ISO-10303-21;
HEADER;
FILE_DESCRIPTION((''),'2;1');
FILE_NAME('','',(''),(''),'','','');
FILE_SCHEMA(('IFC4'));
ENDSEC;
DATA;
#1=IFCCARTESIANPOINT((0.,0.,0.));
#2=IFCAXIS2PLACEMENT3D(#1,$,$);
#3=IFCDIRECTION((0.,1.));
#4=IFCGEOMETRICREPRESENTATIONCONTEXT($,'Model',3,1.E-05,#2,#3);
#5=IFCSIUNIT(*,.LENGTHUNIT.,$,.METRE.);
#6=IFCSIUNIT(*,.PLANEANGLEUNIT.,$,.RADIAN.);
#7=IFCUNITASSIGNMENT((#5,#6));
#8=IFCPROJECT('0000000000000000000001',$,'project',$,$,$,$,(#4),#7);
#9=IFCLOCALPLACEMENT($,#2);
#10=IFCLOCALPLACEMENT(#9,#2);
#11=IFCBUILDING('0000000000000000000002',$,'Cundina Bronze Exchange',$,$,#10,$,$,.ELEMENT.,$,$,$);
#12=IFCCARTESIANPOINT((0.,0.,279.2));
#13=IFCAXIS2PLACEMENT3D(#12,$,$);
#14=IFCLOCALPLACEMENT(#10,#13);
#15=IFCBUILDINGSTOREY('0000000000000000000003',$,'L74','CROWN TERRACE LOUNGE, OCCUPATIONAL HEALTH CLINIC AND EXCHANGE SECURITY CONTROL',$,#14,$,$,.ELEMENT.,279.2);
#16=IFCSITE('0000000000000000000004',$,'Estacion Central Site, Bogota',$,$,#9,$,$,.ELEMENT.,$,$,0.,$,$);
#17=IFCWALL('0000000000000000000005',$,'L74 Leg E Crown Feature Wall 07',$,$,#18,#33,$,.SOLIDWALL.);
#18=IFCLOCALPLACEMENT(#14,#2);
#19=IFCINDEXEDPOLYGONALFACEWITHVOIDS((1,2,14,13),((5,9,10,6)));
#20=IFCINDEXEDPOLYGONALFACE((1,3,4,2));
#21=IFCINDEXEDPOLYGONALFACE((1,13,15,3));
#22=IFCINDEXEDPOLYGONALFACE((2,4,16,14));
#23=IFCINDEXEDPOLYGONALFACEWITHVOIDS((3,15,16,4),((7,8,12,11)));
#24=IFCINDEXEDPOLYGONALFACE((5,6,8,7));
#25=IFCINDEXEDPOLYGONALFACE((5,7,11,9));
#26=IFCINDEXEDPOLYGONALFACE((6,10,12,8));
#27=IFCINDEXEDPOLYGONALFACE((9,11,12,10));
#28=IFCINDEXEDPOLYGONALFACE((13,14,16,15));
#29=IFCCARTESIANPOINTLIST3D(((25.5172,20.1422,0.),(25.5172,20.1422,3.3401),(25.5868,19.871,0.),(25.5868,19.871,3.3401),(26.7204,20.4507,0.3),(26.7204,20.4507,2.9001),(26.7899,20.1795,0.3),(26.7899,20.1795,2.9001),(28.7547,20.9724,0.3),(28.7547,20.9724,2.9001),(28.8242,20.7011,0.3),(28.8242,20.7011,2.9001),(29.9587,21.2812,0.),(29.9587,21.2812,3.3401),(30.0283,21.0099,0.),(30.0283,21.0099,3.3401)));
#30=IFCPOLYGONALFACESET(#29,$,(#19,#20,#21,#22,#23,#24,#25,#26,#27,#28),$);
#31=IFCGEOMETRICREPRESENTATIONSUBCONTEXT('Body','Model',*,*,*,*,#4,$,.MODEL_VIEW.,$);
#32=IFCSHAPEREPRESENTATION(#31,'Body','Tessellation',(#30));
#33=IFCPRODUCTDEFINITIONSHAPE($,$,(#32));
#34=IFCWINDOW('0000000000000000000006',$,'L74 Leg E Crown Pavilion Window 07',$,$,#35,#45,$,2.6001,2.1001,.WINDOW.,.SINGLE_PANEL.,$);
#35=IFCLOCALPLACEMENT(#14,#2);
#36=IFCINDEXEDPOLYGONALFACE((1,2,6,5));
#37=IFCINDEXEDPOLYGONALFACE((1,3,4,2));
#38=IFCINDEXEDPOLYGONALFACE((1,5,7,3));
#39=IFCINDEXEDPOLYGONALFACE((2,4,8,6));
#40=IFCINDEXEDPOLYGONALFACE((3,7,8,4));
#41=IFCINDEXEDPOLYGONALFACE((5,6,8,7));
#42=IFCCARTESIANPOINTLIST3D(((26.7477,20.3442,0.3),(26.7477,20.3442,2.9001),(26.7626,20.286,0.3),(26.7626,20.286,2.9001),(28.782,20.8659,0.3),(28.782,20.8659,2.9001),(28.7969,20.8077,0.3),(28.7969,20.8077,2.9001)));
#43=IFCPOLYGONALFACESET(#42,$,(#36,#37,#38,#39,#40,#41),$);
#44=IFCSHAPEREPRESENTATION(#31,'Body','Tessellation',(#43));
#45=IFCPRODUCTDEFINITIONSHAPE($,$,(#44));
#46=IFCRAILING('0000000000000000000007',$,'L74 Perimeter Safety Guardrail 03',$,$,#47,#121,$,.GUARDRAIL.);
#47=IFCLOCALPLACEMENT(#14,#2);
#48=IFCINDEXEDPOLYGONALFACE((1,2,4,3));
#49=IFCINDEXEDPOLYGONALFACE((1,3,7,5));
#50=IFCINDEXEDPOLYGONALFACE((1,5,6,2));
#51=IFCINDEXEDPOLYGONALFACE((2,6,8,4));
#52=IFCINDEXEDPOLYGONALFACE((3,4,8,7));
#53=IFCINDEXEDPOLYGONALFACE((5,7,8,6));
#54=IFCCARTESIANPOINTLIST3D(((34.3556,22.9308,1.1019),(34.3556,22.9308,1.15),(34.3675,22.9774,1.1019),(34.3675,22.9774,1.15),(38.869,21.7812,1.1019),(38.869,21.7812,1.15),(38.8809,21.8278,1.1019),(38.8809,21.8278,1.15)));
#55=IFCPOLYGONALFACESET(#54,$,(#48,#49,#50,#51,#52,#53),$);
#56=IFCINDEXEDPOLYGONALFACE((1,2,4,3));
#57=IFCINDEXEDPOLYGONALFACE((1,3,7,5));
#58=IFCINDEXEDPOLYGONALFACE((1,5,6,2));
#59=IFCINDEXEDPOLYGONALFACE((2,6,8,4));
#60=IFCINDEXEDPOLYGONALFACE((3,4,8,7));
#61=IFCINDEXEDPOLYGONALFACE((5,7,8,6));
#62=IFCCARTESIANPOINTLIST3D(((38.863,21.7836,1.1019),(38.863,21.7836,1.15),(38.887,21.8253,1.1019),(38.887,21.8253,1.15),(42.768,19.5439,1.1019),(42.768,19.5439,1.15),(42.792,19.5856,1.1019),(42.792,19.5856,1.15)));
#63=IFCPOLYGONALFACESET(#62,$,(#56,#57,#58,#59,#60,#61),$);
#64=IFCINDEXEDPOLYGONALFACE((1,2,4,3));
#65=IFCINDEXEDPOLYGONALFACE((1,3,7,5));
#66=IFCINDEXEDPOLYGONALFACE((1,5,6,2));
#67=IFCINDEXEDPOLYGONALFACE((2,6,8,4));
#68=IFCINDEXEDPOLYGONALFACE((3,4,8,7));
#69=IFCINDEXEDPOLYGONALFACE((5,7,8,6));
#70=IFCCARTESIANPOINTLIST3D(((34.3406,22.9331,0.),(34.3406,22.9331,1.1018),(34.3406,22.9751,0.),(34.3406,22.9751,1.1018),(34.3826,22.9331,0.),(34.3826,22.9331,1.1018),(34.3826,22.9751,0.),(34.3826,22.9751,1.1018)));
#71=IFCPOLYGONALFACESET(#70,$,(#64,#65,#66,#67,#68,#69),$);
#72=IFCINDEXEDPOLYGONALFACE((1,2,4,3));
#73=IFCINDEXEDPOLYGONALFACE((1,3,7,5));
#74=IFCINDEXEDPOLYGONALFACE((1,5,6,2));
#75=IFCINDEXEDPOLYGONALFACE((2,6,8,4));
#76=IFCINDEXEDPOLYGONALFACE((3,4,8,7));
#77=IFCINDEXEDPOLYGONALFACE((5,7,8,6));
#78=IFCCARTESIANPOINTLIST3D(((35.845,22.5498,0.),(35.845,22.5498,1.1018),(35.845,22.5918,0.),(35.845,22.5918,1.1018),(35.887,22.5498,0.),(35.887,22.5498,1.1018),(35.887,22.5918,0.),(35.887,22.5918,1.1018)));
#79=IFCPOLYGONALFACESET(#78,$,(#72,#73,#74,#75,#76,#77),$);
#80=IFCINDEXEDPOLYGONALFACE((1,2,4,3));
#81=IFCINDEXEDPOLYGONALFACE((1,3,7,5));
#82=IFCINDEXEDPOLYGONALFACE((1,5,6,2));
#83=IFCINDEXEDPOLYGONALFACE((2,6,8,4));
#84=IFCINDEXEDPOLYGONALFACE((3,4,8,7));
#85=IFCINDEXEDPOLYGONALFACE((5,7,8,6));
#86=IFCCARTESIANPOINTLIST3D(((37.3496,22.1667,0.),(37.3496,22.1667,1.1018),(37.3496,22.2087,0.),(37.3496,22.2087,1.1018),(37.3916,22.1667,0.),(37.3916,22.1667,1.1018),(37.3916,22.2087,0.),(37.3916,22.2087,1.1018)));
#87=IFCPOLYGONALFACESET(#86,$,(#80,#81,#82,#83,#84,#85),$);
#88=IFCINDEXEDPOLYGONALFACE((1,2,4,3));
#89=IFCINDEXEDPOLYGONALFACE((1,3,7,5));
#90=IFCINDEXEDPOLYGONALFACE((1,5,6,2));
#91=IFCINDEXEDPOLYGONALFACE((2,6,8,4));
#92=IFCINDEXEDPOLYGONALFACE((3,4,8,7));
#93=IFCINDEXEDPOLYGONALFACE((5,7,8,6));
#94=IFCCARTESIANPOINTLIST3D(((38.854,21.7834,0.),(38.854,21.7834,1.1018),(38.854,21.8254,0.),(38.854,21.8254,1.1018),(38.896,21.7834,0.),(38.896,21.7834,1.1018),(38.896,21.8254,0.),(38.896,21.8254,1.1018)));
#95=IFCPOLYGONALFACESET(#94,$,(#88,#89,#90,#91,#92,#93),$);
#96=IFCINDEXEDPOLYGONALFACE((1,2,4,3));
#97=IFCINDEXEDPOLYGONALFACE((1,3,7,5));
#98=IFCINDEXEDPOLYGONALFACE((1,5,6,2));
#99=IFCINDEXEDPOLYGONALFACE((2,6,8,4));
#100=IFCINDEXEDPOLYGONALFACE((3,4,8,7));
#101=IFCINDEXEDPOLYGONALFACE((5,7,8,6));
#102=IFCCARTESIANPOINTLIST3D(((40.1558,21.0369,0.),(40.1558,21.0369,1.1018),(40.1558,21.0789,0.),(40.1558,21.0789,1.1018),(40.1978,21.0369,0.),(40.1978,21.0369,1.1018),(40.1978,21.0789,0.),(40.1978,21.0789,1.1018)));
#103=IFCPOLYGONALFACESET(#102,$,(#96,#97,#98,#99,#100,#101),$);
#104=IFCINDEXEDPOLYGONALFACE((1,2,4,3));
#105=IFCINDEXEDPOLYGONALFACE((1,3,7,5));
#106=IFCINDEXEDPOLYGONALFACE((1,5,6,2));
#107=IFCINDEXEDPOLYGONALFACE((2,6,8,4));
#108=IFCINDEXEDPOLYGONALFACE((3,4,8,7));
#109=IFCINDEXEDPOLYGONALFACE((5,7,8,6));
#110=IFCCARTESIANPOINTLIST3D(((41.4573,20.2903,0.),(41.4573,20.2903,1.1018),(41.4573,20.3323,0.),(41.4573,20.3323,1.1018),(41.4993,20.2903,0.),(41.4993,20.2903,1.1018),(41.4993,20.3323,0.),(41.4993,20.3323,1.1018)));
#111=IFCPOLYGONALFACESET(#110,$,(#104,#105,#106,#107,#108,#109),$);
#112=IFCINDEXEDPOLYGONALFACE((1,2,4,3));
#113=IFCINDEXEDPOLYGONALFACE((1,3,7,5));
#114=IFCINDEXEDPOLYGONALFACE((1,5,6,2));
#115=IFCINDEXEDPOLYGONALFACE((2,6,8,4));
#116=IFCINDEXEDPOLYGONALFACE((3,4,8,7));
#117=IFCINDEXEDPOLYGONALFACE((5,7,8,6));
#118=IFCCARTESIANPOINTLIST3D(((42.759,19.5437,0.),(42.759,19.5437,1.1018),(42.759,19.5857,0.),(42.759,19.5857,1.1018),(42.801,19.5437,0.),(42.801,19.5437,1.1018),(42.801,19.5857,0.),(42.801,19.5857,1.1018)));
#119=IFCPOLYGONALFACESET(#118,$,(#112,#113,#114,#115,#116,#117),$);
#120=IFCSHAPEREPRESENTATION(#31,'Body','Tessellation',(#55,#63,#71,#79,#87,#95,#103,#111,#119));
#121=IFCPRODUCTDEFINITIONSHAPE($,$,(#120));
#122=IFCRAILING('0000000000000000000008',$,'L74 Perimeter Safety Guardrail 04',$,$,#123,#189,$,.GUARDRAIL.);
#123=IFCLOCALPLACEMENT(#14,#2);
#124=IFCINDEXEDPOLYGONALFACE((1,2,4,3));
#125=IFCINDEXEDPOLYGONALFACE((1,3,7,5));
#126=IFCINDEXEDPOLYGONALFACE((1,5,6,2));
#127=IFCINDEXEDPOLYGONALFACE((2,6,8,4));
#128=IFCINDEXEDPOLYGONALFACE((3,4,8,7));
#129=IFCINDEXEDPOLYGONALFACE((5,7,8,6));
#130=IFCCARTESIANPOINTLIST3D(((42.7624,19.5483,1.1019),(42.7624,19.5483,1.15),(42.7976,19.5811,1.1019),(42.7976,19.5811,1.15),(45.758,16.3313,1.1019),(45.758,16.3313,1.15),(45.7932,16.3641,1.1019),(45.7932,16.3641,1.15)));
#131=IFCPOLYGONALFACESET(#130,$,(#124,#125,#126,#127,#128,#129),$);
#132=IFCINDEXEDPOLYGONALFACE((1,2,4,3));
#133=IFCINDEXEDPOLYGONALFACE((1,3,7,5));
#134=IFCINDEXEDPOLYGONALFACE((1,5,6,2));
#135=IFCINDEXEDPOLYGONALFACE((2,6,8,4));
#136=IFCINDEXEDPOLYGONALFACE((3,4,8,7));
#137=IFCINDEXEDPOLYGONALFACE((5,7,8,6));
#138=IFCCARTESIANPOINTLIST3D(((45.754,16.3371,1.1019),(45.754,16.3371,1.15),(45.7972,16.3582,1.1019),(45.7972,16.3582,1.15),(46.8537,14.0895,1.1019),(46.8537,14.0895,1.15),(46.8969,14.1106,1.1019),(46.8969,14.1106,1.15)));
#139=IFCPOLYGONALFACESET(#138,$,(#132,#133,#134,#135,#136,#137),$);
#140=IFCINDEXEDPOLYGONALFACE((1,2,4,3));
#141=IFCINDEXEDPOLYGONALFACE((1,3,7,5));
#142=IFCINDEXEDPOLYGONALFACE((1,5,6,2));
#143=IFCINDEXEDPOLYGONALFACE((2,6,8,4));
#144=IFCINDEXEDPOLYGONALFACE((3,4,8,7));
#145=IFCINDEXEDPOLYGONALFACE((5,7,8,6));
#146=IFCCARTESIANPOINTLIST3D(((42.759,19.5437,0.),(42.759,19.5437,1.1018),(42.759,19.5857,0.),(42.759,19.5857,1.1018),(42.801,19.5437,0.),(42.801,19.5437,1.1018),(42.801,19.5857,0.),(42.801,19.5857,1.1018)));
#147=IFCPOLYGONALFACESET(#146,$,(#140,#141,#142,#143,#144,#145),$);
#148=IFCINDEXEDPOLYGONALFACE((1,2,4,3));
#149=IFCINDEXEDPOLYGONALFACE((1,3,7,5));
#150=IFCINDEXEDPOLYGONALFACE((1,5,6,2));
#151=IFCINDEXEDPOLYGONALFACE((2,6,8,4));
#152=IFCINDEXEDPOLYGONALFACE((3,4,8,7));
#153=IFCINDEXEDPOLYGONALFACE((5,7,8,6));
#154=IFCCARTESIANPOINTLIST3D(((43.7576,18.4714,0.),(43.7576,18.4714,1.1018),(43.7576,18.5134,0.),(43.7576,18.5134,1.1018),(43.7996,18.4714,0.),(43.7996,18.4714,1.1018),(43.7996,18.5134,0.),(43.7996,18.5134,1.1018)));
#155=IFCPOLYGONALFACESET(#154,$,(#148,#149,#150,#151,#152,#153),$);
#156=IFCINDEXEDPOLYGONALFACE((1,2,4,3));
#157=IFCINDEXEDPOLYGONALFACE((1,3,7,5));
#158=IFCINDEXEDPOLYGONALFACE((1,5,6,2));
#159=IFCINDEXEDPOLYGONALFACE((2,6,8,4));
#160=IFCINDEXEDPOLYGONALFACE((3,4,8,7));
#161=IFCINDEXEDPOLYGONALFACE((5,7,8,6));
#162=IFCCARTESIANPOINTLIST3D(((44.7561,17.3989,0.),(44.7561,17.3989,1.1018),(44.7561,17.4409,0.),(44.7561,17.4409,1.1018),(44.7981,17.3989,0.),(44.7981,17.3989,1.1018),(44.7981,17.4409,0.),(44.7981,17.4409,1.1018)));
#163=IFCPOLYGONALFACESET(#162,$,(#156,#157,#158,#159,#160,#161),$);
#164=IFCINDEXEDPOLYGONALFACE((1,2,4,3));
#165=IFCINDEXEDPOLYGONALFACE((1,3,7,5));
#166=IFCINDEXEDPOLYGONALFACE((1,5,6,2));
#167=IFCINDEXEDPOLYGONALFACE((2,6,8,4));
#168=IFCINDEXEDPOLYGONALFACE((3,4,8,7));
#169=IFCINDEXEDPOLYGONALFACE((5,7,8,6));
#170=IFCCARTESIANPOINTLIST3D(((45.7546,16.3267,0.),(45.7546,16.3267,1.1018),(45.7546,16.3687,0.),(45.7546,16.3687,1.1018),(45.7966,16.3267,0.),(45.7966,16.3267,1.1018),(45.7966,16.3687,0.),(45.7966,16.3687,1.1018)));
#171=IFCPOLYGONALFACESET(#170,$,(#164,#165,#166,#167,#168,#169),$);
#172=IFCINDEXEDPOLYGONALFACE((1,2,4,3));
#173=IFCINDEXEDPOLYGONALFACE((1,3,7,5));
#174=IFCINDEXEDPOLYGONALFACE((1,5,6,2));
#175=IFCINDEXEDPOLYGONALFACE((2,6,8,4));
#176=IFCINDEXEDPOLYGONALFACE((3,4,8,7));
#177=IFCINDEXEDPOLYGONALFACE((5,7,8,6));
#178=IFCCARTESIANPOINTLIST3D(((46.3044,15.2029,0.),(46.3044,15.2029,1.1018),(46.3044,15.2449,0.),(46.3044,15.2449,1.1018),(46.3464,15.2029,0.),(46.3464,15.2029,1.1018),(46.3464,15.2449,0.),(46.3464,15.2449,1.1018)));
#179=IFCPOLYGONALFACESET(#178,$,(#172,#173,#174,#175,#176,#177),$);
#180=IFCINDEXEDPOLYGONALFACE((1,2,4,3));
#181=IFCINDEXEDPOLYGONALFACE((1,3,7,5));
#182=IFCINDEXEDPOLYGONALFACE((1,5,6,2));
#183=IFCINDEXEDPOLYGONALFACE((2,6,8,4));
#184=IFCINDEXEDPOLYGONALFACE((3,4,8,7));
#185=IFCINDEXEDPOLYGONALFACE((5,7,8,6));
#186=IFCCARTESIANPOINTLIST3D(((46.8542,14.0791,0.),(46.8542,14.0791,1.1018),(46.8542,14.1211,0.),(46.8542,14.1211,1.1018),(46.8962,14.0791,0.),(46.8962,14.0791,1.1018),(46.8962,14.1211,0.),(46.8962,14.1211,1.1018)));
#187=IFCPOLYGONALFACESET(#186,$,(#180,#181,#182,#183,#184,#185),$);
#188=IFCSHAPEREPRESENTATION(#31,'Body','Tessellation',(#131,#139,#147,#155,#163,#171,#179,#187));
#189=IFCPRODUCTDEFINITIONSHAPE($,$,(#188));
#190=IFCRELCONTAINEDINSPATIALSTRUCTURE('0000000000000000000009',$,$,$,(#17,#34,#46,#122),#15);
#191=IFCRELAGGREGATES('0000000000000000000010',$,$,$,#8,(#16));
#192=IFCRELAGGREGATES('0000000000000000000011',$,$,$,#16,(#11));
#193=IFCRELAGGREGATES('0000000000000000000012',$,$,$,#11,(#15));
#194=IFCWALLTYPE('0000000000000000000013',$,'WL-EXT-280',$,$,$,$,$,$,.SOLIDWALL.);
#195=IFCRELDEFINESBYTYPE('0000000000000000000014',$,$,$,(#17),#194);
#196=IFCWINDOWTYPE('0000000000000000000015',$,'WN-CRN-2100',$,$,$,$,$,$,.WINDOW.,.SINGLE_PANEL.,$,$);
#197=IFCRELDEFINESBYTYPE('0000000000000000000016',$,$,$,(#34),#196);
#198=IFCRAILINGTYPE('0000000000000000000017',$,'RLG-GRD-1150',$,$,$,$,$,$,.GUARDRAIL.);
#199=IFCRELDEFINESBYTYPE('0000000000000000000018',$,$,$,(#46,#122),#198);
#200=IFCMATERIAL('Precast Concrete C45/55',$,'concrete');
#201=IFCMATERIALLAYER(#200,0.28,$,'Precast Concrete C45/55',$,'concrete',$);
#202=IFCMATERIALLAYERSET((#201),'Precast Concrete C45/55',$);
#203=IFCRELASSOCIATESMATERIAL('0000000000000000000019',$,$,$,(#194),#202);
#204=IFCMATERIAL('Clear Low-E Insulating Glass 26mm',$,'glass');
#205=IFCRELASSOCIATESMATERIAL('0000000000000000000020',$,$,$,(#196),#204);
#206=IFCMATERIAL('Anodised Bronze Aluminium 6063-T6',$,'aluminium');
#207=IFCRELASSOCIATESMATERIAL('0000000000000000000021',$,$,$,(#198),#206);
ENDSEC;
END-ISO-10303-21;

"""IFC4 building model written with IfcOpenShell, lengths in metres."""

from ifc_helpers import new_model, si_unit, direction, frame, frame_2d, origin, origin_2d, place, context, subcontext, project, spatial, rectangle, extrude, material, layer, layer_set, type_object, element, fill, save


model = new_model("IFC4")

# Units and contexts
model_context = context("Model", 3, precision=1e-05, world=origin(), true_north=direction((0.0, 1.0)))
body_context = subcontext(model_context, "Body", "Model", "MODEL_VIEW")
ifc_project = project(units=[si_unit("LENGTHUNIT", "METRE"), si_unit("PLANEANGLEUNIT", "RADIAN")], contexts=[model_context])

# Site, building, storey
site_placement = place(None, origin())
site = spatial("IfcSite", under=ifc_project, at=site_placement, Name="Estacion Central Site, Bogota", CompositionType="ELEMENT", RefElevation=0.0)
building_placement = place(site_placement, origin())
building = spatial("IfcBuilding", under=site, at=building_placement, Name="Cundina Bronze Exchange", CompositionType="ELEMENT")
storey_placement = place(building_placement, frame((0.0, 0.0, 279.2)))
storey = spatial("IfcBuildingStorey", under=building, at=storey_placement, Name="L74", Description="CROWN TERRACE LOUNGE, OCCUPATIONAL HEALTH CLINIC AND EXCHANGE SECURITY CONTROL", CompositionType="ELEMENT", Elevation=279.2)

# Shared definitions
ifc_material_1 = material(Name="Anodised Bronze Aluminium 6063-T6", Category="aluminium")
ifc_material_2 = material(Name="Clear Low-E Insulating Glass 26mm", Category="glass")

# Shared definitions
ifc_material_3 = material(Name="Precast Concrete C45/55", Category="concrete")
ifc_layer_1 = layer(ifc_material_3, 0.28, Name="Precast Concrete C45/55", Category="concrete")
ifc_layer_set_1 = layer_set([ifc_layer_1], Name="Precast Concrete C45/55")
wall_type_1 = type_object("IfcWallType", Name="WL-EXT-280", PredefinedType="SOLIDWALL", material=ifc_layer_set_1)

# Wall, opening, window
wall_1_placement = place(storey_placement, frame((29.9934, 21.1455, 0.0), z_axis=(0.0, 0.0, 1.0), x_axis=(-0.968659, -0.248395, 0.0)))
wall_1 = element("IfcWall", 1, at=wall_1_placement, inside=storey, type_object=wall_type_1, Name="L74 Leg E Crown Feature Wall 07", PredefinedType="SOLIDWALL", context=body_context, shape_type="SweptSolid", body=[
    extrude(rectangle(XDim=4.5852, YDim=0.28, at=frame_2d((2.2925, 0.0))), origin(), (0.0, 0.0, 1.0), 3.3401),
])
opening_1_placement = place(wall_1_placement, frame((1.2429, 0.0, 0.3)))
opening_1 = element("IfcOpeningElement", 2, at=opening_1_placement, cuts=wall_1, PredefinedType="OPENING", context=body_context, shape_type="SweptSolid", body=[
    extrude(rectangle(XDim=2.1001, YDim=2.6001, at=frame_2d((1.05, 1.3))), frame((0.0, 0.1499, 0.0), z_axis=(0.0, -1.0, 0.0), x_axis=(1.0, 0.0, 0.0)), (0.0, 0.0, 1.0), 0.3),
])
window_type = type_object("IfcWindowType", Name="WN-CRN-2100", PartitioningType="SINGLE_PANEL", PredefinedType="WINDOW", material=ifc_material_2)
window_placement = place(opening_1_placement, origin())
window = element("IfcWindow", 3, at=window_placement, inside=storey, type_object=window_type, Name="L74 Leg E Crown Pavilion Window 07", OverallHeight=2.6001, OverallWidth=2.1001, PartitioningType="SINGLE_PANEL", PredefinedType="WINDOW", context=body_context, shape_type="SweptSolid", body=[
    extrude(rectangle(XDim=2.1001, YDim=2.6001, at=frame_2d((1.05, 1.3))), frame((0.0, 0.03, 0.0), z_axis=(0.0, -1.0, 0.0), x_axis=(1.0, 0.0, 0.0)), (0.0, 0.0, 1.0), 0.0601),
])
fill(opening_1, window)

# Railings
railing_type = type_object("IfcRailingType", Name="RLG-GRD-1150", PredefinedType="GUARDRAIL", material=ifc_material_1)
railing_1_placement = place(storey_placement, frame((34.3616, 22.9541, 0.0)))
element("IfcRailing", 4, at=railing_1_placement, inside=storey, type_object=railing_type, Name="L74 Perimeter Safety Guardrail 03", PredefinedType="GUARDRAIL", context=body_context, shape_type="SweptSolid", body=[
    extrude(rectangle(XDim=0.0481, YDim=0.0481, at=origin_2d()), frame((0.0, 0.0, 1.126), z_axis=(0.969057, -0.246838, 0.0), x_axis=(0.246838, 0.969057, 0.0)), (0.0, 0.0, 1.0), 4.6575),
    extrude(rectangle(XDim=0.0481, YDim=0.0481, at=origin_2d()), frame((4.5134, -1.1497, 1.126), z_axis=(0.867448, -0.497528, 0.0), x_axis=(0.497528, 0.867448, 0.0)), (0.0, 0.0, 1.0), 4.5017),
    extrude(rectangle(XDim=0.042, YDim=0.042, at=origin_2d()), origin(), (0.0, 0.0, 1.0), 1.1018),
    extrude(rectangle(XDim=0.042, YDim=0.042, at=origin_2d()), frame((1.5044, -0.3833, 0.0)), (0.0, 0.0, 1.0), 1.1018),
    extrude(rectangle(XDim=0.042, YDim=0.042, at=origin_2d()), frame((3.009, -0.7664, 0.0)), (0.0, 0.0, 1.0), 1.1018),
    extrude(rectangle(XDim=0.042, YDim=0.042, at=origin_2d()), frame((4.5134, -1.1497, 0.0)), (0.0, 0.0, 1.0), 1.1018),
    extrude(rectangle(XDim=0.042, YDim=0.042, at=origin_2d()), frame((5.8152, -1.8962, 0.0)), (0.0, 0.0, 1.0), 1.1018),
    extrude(rectangle(XDim=0.042, YDim=0.042, at=origin_2d()), frame((7.1167, -2.6428, 0.0)), (0.0, 0.0, 1.0), 1.1018),
    extrude(rectangle(XDim=0.042, YDim=0.042, at=origin_2d()), frame((8.4185, -3.3894, 0.0)), (0.0, 0.0, 1.0), 1.1018),
])
railing_2_placement = place(storey_placement, frame((42.78, 19.5647, 0.0)))
element("IfcRailing", 5, at=railing_2_placement, inside=storey, type_object=railing_type, Name="L74 Perimeter Safety Guardrail 04", PredefinedType="GUARDRAIL", context=body_context, shape_type="SweptSolid", body=[
    extrude(rectangle(XDim=0.0481, YDim=0.0481, at=origin_2d()), frame((0.0, 0.0, 1.126), z_axis=(0.681471, -0.731845, 0.0), x_axis=(0.731845, 0.681471, 0.0)), (0.0, 0.0, 1.0), 4.3958),
    extrude(rectangle(XDim=0.0481, YDim=0.0481, at=origin_2d()), frame((2.9956, -3.217, 1.126), z_axis=(0.439469, -0.898258, 0.0), x_axis=(0.898258, 0.439469, 0.0)), (0.0, 0.0, 1.0), 2.5022),
    extrude(rectangle(XDim=0.042, YDim=0.042, at=origin_2d()), origin(), (0.0, 0.0, 1.0), 1.1018),
    extrude(rectangle(XDim=0.042, YDim=0.042, at=origin_2d()), frame((0.9985, -1.0723, 0.0)), (0.0, 0.0, 1.0), 1.1018),
    extrude(rectangle(XDim=0.042, YDim=0.042, at=origin_2d()), frame((1.9971, -2.1448, 0.0)), (0.0, 0.0, 1.0), 1.1018),
    extrude(rectangle(XDim=0.042, YDim=0.042, at=origin_2d()), frame((2.9956, -3.217, 0.0)), (0.0, 0.0, 1.0), 1.1018),
    extrude(rectangle(XDim=0.042, YDim=0.042, at=origin_2d()), frame((3.5454, -4.3408, 0.0)), (0.0, 0.0, 1.0), 1.1018),
    extrude(rectangle(XDim=0.042, YDim=0.042, at=origin_2d()), frame((4.0952, -5.4646, 0.0)), (0.0, 0.0, 1.0), 1.1018),
])

save(model, "model.ifc")
